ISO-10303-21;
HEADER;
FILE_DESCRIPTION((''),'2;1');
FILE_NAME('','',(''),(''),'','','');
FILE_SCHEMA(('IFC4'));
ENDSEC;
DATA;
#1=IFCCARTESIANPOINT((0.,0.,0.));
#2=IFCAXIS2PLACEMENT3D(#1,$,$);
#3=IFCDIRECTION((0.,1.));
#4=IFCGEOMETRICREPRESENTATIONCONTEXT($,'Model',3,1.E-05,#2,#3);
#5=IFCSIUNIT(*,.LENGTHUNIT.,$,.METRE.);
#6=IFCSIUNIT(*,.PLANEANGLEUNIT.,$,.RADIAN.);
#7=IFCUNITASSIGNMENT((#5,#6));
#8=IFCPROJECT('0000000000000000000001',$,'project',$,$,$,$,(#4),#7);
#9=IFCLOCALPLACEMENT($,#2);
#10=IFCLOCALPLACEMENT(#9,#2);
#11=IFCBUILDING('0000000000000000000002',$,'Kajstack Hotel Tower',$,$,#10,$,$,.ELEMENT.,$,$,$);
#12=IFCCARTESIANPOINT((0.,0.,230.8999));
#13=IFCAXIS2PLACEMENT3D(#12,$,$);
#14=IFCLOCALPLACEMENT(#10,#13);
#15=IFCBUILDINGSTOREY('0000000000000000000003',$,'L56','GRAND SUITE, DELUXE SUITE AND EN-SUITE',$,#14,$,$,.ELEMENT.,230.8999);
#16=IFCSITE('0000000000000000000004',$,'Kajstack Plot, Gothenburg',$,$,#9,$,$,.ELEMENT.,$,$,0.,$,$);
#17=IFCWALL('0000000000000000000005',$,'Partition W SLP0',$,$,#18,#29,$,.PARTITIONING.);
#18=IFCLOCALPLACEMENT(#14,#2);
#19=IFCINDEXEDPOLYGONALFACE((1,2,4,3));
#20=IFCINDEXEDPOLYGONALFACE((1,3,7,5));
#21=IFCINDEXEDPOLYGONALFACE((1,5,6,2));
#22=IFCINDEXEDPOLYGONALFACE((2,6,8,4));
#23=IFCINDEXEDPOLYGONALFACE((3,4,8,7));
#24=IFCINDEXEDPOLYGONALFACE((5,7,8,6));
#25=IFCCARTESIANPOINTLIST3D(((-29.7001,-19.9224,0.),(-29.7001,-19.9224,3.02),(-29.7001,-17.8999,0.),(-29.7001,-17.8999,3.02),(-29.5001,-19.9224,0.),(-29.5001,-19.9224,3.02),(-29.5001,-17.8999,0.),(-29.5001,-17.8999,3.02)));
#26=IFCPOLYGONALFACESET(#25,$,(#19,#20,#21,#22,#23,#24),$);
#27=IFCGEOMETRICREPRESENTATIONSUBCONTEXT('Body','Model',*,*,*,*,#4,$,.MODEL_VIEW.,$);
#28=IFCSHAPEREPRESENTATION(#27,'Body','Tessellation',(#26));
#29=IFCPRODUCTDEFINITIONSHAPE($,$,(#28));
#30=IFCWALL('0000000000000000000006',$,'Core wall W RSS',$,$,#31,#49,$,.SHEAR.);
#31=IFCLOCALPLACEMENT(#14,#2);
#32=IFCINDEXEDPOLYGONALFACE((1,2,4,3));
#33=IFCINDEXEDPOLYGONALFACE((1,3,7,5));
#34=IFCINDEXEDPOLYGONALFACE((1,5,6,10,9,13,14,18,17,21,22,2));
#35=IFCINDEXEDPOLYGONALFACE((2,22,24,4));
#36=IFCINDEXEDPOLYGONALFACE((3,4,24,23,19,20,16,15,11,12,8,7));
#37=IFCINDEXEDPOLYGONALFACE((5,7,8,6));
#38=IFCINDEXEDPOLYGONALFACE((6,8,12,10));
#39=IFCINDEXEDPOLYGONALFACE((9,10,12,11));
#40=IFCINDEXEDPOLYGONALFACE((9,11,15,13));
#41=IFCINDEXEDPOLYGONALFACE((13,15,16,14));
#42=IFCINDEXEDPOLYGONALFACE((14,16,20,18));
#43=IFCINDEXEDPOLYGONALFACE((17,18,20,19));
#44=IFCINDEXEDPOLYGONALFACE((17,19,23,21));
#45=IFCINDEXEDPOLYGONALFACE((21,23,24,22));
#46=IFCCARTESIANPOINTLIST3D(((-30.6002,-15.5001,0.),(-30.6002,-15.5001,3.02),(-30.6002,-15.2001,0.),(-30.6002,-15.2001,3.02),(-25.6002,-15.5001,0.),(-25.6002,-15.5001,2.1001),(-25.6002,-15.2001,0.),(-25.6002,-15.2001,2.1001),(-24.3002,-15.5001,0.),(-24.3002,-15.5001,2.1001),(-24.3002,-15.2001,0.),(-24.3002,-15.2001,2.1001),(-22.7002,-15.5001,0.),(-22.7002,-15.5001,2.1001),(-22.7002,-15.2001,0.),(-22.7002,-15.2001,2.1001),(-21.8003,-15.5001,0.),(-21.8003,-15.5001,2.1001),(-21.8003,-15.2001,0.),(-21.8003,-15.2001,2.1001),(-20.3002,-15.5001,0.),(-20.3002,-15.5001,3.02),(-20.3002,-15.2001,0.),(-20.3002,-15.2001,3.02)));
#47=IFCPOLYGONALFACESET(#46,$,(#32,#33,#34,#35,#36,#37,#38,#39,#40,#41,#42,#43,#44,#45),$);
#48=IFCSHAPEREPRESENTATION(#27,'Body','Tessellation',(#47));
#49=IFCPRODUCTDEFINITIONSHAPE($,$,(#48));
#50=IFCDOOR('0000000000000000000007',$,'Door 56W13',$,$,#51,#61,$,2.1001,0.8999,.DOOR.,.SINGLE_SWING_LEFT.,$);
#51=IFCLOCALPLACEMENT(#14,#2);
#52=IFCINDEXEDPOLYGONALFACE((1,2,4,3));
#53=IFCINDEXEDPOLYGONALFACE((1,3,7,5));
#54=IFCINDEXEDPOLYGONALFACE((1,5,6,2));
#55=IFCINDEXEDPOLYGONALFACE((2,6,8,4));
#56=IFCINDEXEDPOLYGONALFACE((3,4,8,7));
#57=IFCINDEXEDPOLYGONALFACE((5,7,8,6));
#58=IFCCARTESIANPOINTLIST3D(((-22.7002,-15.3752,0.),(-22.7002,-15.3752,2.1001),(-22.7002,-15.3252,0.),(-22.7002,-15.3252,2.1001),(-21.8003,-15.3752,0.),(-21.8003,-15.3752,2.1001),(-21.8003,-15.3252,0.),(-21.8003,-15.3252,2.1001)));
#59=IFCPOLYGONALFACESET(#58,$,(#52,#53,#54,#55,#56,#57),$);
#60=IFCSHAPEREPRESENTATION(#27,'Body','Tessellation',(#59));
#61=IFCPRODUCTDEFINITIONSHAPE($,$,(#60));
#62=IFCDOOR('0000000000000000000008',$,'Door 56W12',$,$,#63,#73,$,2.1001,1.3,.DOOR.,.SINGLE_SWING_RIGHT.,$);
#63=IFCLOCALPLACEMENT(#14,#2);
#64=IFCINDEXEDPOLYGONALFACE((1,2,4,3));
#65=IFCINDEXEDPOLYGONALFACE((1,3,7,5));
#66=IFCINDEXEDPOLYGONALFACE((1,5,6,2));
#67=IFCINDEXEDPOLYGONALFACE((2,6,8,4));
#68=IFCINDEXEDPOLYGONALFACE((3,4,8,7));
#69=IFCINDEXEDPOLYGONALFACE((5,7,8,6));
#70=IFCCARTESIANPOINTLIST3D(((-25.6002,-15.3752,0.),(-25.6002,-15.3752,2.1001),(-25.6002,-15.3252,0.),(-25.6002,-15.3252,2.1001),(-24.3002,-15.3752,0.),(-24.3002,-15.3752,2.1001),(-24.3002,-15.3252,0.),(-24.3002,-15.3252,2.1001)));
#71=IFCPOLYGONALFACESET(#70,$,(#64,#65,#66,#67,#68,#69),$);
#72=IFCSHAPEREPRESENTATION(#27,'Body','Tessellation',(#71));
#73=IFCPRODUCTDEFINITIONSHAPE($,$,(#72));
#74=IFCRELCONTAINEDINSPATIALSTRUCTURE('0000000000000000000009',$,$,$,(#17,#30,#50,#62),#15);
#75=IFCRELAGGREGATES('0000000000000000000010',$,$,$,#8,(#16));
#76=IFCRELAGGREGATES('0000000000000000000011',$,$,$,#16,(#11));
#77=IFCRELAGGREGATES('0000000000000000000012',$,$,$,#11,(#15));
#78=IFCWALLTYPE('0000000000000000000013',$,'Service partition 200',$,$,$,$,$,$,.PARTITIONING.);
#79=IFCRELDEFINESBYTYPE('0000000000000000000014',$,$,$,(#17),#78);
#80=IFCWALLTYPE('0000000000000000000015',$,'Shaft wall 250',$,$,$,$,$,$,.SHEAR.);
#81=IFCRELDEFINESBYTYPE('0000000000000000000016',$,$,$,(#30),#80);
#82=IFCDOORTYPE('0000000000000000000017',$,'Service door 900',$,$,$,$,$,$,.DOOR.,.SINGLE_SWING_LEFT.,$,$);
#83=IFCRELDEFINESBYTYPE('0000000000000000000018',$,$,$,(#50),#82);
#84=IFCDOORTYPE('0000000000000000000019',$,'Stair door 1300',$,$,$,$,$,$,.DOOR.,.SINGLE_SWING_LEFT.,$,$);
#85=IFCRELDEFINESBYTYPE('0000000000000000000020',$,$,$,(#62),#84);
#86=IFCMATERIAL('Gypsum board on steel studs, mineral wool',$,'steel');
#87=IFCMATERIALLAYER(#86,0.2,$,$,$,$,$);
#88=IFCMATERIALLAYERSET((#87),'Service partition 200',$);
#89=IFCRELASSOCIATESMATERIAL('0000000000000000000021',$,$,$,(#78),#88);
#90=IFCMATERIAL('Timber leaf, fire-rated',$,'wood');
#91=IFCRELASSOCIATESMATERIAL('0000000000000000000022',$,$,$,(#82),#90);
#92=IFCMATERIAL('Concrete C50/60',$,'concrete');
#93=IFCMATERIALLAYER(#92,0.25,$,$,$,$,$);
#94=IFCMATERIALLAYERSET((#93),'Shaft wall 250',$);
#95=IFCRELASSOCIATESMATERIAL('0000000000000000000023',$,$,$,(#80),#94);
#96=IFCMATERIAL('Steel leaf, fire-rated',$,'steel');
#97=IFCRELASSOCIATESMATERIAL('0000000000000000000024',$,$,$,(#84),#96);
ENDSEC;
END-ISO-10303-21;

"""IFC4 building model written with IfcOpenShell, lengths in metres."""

from ifc_helpers import new_model, si_unit, direction, frame, frame_2d, origin, place, context, subcontext, project, spatial, rectangle, extrude, material, layer, layer_set, type_object, element, fill, save


model = new_model("IFC4")

# Units and contexts
model_context = context("Model", 3, precision=1e-05, world=origin(), true_north=direction((0.0, 1.0)))
body_context = subcontext(model_context, "Body", "Model", "MODEL_VIEW")
ifc_project = project(units=[si_unit("LENGTHUNIT", "METRE"), si_unit("PLANEANGLEUNIT", "RADIAN")], contexts=[model_context])

# Site, building, storey
site_placement = place(None, origin())
site = spatial("IfcSite", under=ifc_project, at=site_placement, Name="Kajstack Plot, Gothenburg", CompositionType="ELEMENT", RefElevation=0.0)
building_placement = place(site_placement, origin())
building = spatial("IfcBuilding", under=site, at=building_placement, Name="Kajstack Hotel Tower", CompositionType="ELEMENT")
storey_placement = place(building_placement, frame((0.0, 0.0, 230.8999)))
storey = spatial("IfcBuildingStorey", under=building, at=storey_placement, Name="L56", Description="GRAND SUITE, DELUXE SUITE AND EN-SUITE", CompositionType="ELEMENT", Elevation=230.8999)

# Shared definitions
ifc_material_1 = material(Name="Gypsum board on steel studs, mineral wool", Category="steel")
ifc_layer_1 = layer(ifc_material_1, 0.2)
ifc_layer_set_1 = layer_set([ifc_layer_1], Name="Service partition 200")
wall_type_1 = type_object("IfcWallType", Name="Service partition 200", PredefinedType="PARTITIONING", material=ifc_layer_set_1)
ifc_material_2 = material(Name="Timber leaf, fire-rated", Category="wood")
door_type_1 = type_object("IfcDoorType", Name="Service door 900", OperationType="SINGLE_SWING_LEFT", PredefinedType="DOOR", material=ifc_material_2)

# Wall
wall_1_placement = place(storey_placement, frame((-29.6001, -19.9224, 0.0), z_axis=(0.0, 0.0, 1.0), x_axis=(0.0, 1.0, 0.0)))
element("IfcWall", 1, at=wall_1_placement, inside=storey, type_object=wall_type_1, Name="Partition W SLP0", PredefinedType="PARTITIONING", context=body_context, shape_type="SweptSolid", body=[
    extrude(rectangle(XDim=2.0225, YDim=0.2, at=frame_2d((1.0112, 0.0))), origin(), (0.0, 0.0, 1.0), 3.02),
])

# Wall, openings, doors
ifc_material_3 = material(Name="Concrete C50/60", Category="concrete")
ifc_layer_2 = layer(ifc_material_3, 0.25)
ifc_layer_set_2 = layer_set([ifc_layer_2], Name="Shaft wall 250")
wall_type_2 = type_object("IfcWallType", Name="Shaft wall 250", PredefinedType="SHEAR", material=ifc_layer_set_2)
wall_2_placement = place(storey_placement, frame((-30.6001, -15.3501, 0.0), z_axis=(0.0, 0.0, 1.0), x_axis=(1.0, 0.0, 0.0)))
wall_2 = element("IfcWall", 2, at=wall_2_placement, inside=storey, type_object=wall_type_2, Name="Core wall W RSS", PredefinedType="SHEAR", context=body_context, shape_type="SweptSolid", body=[
    extrude(rectangle(XDim=10.3, YDim=0.3, at=frame_2d((5.1499, 0.0))), origin(), (0.0, 0.0, 1.0), 3.02),
])
opening_1_placement = place(wall_2_placement, frame((5.0, 0.0, 0.0)))
opening_1 = element("IfcOpeningElement", 3, at=opening_1_placement, cuts=wall_2, PredefinedType="OPENING", context=body_context, shape_type="SweptSolid", body=[
    extrude(rectangle(XDim=1.3, YDim=2.1001, at=frame_2d((0.6499, 1.05))), frame((0.0, 0.1599, 0.0), z_axis=(0.0, -1.0, 0.0), x_axis=(1.0, 0.0, 0.0)), (0.0, 0.0, 1.0), 0.3201),
])
opening_2_placement = place(wall_2_placement, frame((7.8999, 0.0, 0.0)))
opening_2 = element("IfcOpeningElement", 4, at=opening_2_placement, cuts=wall_2, PredefinedType="OPENING", context=body_context, shape_type="SweptSolid", body=[
    extrude(rectangle(XDim=0.8999, YDim=2.1001, at=frame_2d((0.45, 1.05))), frame((0.0, 0.1599, 0.0), z_axis=(0.0, -1.0, 0.0), x_axis=(1.0, 0.0, 0.0)), (0.0, 0.0, 1.0), 0.3201),
])
door_1_placement = place(opening_2_placement, origin())
door_1 = element("IfcDoor", 5, at=door_1_placement, inside=storey, type_object=door_type_1, Name="Door 56W13", OperationType="SINGLE_SWING_LEFT", OverallHeight=2.1001, OverallWidth=0.8999, PredefinedType="DOOR", context=body_context, shape_type="SweptSolid", body=[
    extrude(rectangle(XDim=0.8999, YDim=2.1001, at=frame_2d((0.45, 1.05))), frame((0.0, 0.0249, 0.0), z_axis=(0.0, -1.0, 0.0), x_axis=(1.0, 0.0, 0.0)), (0.0, 0.0, 1.0), 0.05),
])
fill(opening_2, door_1)
ifc_material_4 = material(Name="Steel leaf, fire-rated", Category="steel")
door_type_2 = type_object("IfcDoorType", Name="Stair door 1300", OperationType="SINGLE_SWING_LEFT", PredefinedType="DOOR", material=ifc_material_4)
door_2_placement = place(opening_1_placement, origin())
door_2 = element("IfcDoor", 6, at=door_2_placement, inside=storey, type_object=door_type_2, Name="Door 56W12", OperationType="SINGLE_SWING_RIGHT", OverallHeight=2.1001, OverallWidth=1.3, PredefinedType="DOOR", context=body_context, shape_type="SweptSolid", body=[
    extrude(rectangle(XDim=1.3, YDim=2.1001, at=frame_2d((0.6499, 1.05))), frame((0.0, 0.0249, 0.0), z_axis=(0.0, -1.0, 0.0), x_axis=(1.0, 0.0, 0.0)), (0.0, 0.0, 1.0), 0.05),
])
fill(opening_1, door_2)

save(model, "model.ifc")
